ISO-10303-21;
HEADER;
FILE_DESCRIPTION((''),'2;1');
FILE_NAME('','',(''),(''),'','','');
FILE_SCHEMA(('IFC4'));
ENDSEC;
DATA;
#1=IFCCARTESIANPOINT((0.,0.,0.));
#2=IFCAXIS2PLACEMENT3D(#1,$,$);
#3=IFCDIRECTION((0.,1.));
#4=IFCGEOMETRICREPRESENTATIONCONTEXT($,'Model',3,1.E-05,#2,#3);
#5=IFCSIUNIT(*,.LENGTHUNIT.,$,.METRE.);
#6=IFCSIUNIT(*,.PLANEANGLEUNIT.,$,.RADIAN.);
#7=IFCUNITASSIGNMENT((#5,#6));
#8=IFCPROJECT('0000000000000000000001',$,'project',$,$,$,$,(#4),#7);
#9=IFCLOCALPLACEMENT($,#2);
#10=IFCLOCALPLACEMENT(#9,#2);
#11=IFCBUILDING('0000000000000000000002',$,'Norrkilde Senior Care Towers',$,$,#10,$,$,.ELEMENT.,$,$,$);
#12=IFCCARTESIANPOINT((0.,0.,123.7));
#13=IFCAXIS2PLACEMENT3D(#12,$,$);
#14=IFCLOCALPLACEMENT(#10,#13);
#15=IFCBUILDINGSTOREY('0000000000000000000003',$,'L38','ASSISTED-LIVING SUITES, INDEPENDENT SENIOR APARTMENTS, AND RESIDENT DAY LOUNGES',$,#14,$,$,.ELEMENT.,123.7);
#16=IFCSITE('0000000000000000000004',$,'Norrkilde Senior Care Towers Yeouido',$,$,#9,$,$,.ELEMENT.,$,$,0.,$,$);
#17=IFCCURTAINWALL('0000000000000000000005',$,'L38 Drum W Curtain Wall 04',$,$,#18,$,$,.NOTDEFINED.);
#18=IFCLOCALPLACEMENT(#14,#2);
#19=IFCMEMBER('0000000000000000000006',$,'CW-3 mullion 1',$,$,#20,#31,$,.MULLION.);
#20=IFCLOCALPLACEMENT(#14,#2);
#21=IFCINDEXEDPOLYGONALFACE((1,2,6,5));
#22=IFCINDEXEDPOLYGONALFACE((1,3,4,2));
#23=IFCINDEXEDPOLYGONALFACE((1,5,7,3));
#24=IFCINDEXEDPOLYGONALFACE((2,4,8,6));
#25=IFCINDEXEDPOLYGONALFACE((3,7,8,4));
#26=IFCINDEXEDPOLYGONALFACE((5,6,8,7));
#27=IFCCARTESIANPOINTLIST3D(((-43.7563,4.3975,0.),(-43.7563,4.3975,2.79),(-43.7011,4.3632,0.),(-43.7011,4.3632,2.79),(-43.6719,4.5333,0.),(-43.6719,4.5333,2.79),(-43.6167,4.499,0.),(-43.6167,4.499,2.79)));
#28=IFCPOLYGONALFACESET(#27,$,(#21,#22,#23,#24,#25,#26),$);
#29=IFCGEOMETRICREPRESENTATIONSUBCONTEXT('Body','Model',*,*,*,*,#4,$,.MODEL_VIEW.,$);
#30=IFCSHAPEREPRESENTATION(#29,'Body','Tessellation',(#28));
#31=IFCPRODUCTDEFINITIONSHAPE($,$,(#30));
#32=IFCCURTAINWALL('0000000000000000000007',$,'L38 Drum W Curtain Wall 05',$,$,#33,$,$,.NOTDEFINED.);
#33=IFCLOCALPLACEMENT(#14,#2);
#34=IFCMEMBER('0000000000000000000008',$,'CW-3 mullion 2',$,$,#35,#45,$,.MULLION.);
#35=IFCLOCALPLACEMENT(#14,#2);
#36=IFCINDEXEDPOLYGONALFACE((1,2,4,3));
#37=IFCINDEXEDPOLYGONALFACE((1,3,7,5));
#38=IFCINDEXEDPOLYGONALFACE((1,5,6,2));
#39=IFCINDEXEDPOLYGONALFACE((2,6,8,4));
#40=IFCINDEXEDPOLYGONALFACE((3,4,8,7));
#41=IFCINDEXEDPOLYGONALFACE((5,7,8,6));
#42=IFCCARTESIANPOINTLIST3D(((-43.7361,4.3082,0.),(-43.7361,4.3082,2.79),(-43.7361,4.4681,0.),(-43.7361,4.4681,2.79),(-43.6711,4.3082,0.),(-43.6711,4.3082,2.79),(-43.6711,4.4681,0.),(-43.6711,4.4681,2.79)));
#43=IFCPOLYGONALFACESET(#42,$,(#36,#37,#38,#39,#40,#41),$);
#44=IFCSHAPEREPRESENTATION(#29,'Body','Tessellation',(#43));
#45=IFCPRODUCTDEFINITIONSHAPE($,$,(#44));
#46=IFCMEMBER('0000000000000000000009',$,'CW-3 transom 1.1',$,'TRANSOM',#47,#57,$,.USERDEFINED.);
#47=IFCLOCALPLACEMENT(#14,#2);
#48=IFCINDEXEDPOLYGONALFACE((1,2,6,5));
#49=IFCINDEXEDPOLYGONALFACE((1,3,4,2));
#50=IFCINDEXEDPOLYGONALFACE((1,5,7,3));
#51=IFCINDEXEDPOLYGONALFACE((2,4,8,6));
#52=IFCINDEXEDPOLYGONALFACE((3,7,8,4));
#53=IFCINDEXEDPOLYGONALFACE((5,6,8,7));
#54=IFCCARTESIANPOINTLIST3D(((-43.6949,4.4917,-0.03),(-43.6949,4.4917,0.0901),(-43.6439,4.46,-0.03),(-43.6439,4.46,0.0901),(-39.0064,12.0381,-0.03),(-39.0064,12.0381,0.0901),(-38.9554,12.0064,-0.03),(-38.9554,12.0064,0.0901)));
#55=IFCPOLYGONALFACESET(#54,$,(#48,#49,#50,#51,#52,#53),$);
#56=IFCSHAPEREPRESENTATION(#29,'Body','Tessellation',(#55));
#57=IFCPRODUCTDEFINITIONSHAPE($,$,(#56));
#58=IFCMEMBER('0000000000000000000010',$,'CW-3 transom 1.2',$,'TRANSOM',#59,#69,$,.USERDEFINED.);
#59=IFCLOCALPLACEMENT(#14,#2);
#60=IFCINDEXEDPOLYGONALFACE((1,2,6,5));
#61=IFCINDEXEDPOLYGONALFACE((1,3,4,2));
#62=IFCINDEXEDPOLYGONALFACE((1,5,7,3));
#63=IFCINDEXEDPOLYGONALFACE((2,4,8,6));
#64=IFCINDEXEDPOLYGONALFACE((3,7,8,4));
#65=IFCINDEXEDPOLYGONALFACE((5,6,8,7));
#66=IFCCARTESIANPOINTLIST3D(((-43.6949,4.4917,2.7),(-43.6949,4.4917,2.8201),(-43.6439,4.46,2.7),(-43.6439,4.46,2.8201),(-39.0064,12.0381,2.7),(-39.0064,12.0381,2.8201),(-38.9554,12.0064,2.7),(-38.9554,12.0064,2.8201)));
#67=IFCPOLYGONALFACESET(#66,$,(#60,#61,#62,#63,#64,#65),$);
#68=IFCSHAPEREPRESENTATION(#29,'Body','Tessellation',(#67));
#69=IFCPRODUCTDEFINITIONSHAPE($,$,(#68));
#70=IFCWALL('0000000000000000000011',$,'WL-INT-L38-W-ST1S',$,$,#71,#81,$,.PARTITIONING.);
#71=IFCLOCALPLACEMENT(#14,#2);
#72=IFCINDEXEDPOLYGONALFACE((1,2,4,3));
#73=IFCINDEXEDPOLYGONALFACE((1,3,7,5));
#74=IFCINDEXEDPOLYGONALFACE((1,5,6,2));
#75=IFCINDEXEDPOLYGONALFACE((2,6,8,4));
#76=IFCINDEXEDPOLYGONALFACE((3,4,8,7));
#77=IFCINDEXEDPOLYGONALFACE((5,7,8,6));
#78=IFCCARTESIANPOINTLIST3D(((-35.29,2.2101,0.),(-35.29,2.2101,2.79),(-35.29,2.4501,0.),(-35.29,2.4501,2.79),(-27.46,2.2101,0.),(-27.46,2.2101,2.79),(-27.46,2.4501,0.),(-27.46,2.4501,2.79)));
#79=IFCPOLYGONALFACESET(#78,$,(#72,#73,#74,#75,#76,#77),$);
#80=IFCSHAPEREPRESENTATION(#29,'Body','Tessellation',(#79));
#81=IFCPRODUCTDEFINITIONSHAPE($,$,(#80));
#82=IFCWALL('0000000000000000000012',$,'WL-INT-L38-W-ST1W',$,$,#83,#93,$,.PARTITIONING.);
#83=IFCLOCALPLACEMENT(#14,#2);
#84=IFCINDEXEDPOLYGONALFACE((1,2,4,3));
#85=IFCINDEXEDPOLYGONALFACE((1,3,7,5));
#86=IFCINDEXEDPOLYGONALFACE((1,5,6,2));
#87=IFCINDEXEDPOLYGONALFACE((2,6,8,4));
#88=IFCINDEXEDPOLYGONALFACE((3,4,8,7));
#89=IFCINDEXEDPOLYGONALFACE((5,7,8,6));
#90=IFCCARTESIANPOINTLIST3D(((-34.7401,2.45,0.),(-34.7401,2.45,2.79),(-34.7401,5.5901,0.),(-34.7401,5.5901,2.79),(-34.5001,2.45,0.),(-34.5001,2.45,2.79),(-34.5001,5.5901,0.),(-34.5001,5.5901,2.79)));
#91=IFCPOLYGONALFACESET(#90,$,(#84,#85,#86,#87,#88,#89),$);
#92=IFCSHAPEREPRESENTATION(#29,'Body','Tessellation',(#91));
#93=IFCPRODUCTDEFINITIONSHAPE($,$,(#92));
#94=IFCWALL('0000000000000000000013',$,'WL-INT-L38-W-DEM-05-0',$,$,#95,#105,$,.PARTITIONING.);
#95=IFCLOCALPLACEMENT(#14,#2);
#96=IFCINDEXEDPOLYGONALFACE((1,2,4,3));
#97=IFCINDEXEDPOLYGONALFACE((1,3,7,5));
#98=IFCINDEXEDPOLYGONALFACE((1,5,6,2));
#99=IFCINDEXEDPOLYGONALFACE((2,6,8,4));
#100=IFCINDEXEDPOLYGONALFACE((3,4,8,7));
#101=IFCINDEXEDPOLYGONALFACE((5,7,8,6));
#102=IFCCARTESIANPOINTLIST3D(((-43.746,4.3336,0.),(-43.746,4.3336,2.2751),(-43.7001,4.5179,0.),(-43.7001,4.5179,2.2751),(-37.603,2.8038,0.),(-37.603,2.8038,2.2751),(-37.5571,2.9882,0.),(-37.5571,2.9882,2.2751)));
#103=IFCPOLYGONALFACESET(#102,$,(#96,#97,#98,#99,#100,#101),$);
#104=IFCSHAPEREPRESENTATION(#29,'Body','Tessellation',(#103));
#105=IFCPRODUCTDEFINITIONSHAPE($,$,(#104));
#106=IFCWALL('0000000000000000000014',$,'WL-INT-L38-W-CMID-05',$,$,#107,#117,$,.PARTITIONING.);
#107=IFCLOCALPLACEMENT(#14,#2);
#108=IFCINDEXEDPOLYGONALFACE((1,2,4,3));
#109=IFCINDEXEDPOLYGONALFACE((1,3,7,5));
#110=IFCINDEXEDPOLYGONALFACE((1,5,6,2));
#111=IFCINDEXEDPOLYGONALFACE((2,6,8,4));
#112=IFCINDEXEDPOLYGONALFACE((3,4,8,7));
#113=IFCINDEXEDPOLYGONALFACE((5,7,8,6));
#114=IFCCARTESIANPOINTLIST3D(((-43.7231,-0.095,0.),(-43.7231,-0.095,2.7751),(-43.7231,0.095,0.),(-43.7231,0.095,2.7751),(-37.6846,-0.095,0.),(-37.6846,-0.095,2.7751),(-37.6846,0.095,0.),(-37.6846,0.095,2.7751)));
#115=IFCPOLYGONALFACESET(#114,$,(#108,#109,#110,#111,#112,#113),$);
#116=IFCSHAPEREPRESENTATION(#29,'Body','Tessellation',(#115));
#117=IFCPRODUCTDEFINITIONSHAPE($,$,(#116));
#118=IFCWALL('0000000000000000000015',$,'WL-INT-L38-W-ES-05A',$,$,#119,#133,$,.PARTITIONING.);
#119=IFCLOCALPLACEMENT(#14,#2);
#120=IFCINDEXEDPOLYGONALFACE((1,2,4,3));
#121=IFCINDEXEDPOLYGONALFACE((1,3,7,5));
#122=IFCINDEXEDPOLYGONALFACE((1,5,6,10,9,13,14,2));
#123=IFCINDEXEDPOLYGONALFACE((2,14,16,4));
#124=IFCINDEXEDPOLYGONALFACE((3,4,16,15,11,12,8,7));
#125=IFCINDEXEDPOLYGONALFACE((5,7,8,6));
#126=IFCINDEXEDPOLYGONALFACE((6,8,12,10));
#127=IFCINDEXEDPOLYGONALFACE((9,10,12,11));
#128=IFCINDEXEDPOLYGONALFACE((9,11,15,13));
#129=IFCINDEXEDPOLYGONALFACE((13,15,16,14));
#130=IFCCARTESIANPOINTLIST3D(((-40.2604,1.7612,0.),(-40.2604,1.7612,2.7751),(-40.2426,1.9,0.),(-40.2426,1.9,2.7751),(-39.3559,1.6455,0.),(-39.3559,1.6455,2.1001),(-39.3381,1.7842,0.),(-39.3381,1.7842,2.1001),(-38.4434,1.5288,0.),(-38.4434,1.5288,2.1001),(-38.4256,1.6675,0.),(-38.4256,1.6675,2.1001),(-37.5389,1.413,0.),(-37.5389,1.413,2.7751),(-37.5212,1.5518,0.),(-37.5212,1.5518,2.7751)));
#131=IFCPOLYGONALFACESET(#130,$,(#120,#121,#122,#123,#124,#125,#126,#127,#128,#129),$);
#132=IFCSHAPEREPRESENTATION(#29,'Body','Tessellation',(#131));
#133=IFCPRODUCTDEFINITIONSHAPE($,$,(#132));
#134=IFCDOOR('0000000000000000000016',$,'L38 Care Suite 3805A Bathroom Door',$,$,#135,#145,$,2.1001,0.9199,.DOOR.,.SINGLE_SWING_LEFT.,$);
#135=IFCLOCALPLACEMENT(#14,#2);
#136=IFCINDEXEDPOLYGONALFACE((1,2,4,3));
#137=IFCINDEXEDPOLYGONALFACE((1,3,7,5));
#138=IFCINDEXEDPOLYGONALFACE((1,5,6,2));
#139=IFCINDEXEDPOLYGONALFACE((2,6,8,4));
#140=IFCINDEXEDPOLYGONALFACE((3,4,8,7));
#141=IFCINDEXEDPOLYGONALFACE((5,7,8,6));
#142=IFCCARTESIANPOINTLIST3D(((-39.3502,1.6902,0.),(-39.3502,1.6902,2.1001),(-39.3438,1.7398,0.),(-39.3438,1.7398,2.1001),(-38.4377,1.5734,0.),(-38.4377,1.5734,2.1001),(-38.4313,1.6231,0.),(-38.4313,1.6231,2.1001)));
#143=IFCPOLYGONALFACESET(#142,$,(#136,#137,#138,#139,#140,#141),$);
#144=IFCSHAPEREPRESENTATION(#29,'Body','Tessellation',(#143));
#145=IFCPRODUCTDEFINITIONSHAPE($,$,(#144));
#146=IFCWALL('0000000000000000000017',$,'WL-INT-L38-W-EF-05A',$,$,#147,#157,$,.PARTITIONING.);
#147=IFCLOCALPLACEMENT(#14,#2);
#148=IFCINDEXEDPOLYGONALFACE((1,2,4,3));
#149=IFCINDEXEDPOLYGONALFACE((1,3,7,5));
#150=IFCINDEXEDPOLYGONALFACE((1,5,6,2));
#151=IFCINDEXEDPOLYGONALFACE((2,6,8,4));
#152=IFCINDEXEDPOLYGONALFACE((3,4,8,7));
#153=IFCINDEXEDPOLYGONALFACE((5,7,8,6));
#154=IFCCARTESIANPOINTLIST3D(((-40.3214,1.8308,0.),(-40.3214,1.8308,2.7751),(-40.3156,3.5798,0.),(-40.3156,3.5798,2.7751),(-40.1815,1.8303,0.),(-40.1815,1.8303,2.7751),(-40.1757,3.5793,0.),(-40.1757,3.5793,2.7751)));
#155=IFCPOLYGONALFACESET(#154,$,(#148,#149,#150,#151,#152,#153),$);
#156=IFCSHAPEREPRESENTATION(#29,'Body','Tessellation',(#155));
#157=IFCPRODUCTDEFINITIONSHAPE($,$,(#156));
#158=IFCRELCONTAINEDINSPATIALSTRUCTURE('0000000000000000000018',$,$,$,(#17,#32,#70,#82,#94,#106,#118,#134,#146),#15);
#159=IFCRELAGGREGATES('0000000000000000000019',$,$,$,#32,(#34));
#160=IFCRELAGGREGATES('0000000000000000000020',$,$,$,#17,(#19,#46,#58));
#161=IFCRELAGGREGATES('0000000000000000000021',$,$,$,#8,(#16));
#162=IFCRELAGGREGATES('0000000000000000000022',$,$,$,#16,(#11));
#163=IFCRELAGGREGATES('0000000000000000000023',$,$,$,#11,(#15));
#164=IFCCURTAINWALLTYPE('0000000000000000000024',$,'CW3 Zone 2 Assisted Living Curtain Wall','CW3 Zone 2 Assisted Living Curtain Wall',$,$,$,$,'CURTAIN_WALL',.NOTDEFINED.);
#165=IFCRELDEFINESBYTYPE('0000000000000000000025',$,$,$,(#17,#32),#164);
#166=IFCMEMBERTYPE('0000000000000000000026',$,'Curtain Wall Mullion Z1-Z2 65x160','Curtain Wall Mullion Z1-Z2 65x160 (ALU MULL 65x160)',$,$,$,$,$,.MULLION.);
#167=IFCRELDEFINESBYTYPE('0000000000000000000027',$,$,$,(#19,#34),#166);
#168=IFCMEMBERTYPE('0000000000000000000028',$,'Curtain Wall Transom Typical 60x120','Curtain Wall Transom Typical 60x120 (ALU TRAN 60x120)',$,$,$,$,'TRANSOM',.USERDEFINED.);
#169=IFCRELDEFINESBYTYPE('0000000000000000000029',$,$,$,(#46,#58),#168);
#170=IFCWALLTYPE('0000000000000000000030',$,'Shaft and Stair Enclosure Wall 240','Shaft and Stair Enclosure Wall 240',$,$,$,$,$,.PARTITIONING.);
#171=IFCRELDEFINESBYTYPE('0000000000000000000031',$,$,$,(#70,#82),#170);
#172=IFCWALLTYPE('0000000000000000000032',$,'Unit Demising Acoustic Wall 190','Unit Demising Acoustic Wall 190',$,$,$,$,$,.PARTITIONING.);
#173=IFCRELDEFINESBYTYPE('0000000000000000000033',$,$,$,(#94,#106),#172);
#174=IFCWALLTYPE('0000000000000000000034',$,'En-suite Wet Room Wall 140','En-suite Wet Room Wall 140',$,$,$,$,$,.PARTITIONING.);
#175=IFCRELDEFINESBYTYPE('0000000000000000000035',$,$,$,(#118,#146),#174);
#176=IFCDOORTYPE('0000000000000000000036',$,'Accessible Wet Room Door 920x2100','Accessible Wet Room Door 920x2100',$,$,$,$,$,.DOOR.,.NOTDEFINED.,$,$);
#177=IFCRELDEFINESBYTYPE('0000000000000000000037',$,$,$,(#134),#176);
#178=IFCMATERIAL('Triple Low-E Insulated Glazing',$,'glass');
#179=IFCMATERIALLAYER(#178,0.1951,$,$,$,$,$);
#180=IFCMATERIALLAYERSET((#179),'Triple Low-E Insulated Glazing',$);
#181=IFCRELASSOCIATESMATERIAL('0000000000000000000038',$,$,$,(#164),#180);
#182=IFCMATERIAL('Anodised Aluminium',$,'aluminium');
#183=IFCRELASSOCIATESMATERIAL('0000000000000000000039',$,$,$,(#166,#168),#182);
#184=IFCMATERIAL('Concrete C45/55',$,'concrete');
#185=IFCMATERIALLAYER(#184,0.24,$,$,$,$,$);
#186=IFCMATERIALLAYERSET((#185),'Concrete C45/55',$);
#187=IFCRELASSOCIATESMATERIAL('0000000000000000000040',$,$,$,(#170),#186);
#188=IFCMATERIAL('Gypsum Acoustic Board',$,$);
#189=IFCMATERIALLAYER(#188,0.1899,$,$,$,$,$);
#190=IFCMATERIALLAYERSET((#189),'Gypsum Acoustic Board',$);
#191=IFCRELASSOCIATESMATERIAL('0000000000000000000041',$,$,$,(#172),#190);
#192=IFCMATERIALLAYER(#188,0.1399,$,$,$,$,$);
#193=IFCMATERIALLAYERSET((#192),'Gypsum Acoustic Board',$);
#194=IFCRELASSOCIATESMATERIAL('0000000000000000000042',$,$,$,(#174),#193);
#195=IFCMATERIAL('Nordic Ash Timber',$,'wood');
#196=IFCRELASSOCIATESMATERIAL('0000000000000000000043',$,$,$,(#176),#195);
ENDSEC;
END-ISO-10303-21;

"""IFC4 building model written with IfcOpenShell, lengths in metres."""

from ifc_helpers import new_model, si_unit, direction, frame, frame_2d, origin, origin_2d, place, context, subcontext, project, spatial, rectangle, extrude, source, transform, mapped, material, layer, layer_set, material_profile, profile_set, type_object, type_shapes, element, fill, aggregate, save


model = new_model("IFC4")

# Units and contexts
model_context = context("Model", 3, precision=1e-05, world=origin(), true_north=direction((0.0, 1.0)))
body_context = subcontext(model_context, "Body", "Model", "MODEL_VIEW")
ifc_project = project(units=[si_unit("LENGTHUNIT", "METRE"), si_unit("PLANEANGLEUNIT", "RADIAN")], contexts=[model_context])

# Site, building, storey
site_placement = place(None, origin())
site = spatial("IfcSite", under=ifc_project, at=site_placement, Name="Norrkilde Senior Care Towers Yeouido", CompositionType="ELEMENT", RefElevation=0.0)
building_placement = place(site_placement, origin())
building = spatial("IfcBuilding", under=site, at=building_placement, Name="Norrkilde Senior Care Towers", CompositionType="ELEMENT")
storey_placement = place(building_placement, frame((0.0, 0.0, 123.7)))
storey = spatial("IfcBuildingStorey", under=building, at=storey_placement, Name="L38", Description="ASSISTED-LIVING SUITES, INDEPENDENT SENIOR APARTMENTS, AND RESIDENT DAY LOUNGES", CompositionType="ELEMENT", Elevation=123.7)

# Curtain walls, members
ifc_material_1 = material(Name="Triple Low-E Insulated Glazing", Category="glass")
ifc_layer_1 = layer(ifc_material_1, 0.1951)
ifc_layer_set_1 = layer_set([ifc_layer_1], Name="Triple Low-E Insulated Glazing")
curtain_wall_type = type_object("IfcCurtainWallType", Name="CW3 Zone 2 Assisted Living Curtain Wall", Description="CW3 Zone 2 Assisted Living Curtain Wall", ElementType="CURTAIN_WALL", PredefinedType="NOTDEFINED", material=ifc_layer_set_1)
curtain_wall_1_placement = place(storey_placement, origin())
curtain_wall_1 = element("IfcCurtainWall", 1, at=curtain_wall_1_placement, inside=storey, type_object=curtain_wall_type, Name="L38 Drum W Curtain Wall 04", PredefinedType="NOTDEFINED")
ifc_material_2 = material(Name="Anodised Aluminium", Category="aluminium")
ifc_material_profile_1 = material_profile(ifc_material_2, rectangle(XDim=0.0649, YDim=0.1599, at=origin_2d()), Name="ALU MULL 65x160")
ifc_profile_set_1 = profile_set([ifc_material_profile_1], Name="Anodised Aluminium")
member_type_1 = type_object("IfcMemberType", Name="Curtain Wall Mullion Z1-Z2 65x160", Description="Curtain Wall Mullion Z1-Z2 65x160 (ALU MULL 65x160)", PredefinedType="MULLION", material=ifc_profile_set_1)
shared_shape_1 = source(origin(), body_context, "Body", "SweptSolid", [
    extrude(rectangle(XDim=0.0649, YDim=0.1599, at=origin_2d()), origin(), (0.0, 0.0, 1.0), 2.79),
])
type_shapes(member_type_1, [shared_shape_1])
member_1_placement = place(storey_placement, frame((-43.6865, 4.4482, 0.0), z_axis=(0.0, 0.0, 1.0), x_axis=(-0.84941, 0.527733, 0.0)))
member_1 = element("IfcMember", 2, at=member_1_placement, type_object=member_type_1, Name="CW-3 mullion 1", PredefinedType="MULLION", context=body_context, shape_type="MappedRepresentation", body=[
    mapped(shared_shape_1, transform((0.0, 0.0, 0.0), x_axis=(1.0, 0.0, 0.0), y_axis=(0.0, 1.0, 0.0), z_axis=(0.0, 0.0, 1.0), scale=1.0)),
])
curtain_wall_2_placement = place(storey_placement, origin())
curtain_wall_2 = element("IfcCurtainWall", 3, at=curtain_wall_2_placement, inside=storey, type_object=curtain_wall_type, Name="L38 Drum W Curtain Wall 05", PredefinedType="NOTDEFINED")
member_2_placement = place(storey_placement, frame((-43.7036, 4.3882, 0.0), z_axis=(0.0, 0.0, 1.0), x_axis=(-1.0, 0.0, 0.0)))
member_2 = element("IfcMember", 4, at=member_2_placement, type_object=member_type_1, Name="CW-3 mullion 2", PredefinedType="MULLION", context=body_context, shape_type="MappedRepresentation", body=[
    mapped(shared_shape_1, transform((0.0, 0.0, 0.0), x_axis=(1.0, 0.0, 0.0), y_axis=(0.0, 1.0, 0.0), z_axis=(0.0, 0.0, 1.0), scale=1.0)),
])
aggregate(curtain_wall_2, [member_2])

# Members
ifc_material_profile_2 = material_profile(ifc_material_2, rectangle(XDim=0.0601, YDim=0.1201, at=origin_2d()), Name="ALU TRAN 60x120")
ifc_profile_set_2 = profile_set([ifc_material_profile_2], Name="Anodised Aluminium")
member_type_2 = type_object("IfcMemberType", Name="Curtain Wall Transom Typical 60x120", Description="Curtain Wall Transom Typical 60x120 (ALU TRAN 60x120)", ElementType="TRANSOM", PredefinedType="USERDEFINED", material=ifc_profile_set_2)
shared_shape_2 = source(origin(), body_context, "Body", "SweptSolid", [
    extrude(rectangle(XDim=0.0601, YDim=0.1201, at=origin_2d()), origin(), (0.0, 0.0, 1.0), 8.8843),
])
type_shapes(member_type_2, [shared_shape_2])
member_3_placement = place(storey_placement, frame((-43.6694, 4.4758, 0.03), z_axis=(0.527729, 0.849413, 0.0), x_axis=(-0.849413, 0.527729, 0.0)))
member_3 = element("IfcMember", 5, at=member_3_placement, type_object=member_type_2, Name="CW-3 transom 1.1", ObjectType="TRANSOM", PredefinedType="USERDEFINED", context=body_context, shape_type="MappedRepresentation", body=[
    mapped(shared_shape_2, transform((0.0, 0.0, 0.0), x_axis=(1.0, 0.0, 0.0), y_axis=(0.0, 1.0, 0.0), z_axis=(0.0, 0.0, 1.0), scale=1.0)),
])
member_4_placement = place(storey_placement, frame((-43.6694, 4.4758, 2.76), z_axis=(0.527729, 0.849413, 0.0), x_axis=(-0.849413, 0.527729, 0.0)))
member_4 = element("IfcMember", 6, at=member_4_placement, type_object=member_type_2, Name="CW-3 transom 1.2", ObjectType="TRANSOM", PredefinedType="USERDEFINED", context=body_context, shape_type="MappedRepresentation", body=[
    mapped(shared_shape_2, transform((0.0, 0.0, 0.0), x_axis=(1.0, 0.0, 0.0), y_axis=(0.0, 1.0, 0.0), z_axis=(0.0, 0.0, 1.0), scale=1.0)),
])
aggregate(curtain_wall_1, [member_1, member_3, member_4])

# Walls
ifc_material_3 = material(Name="Concrete C45/55", Category="concrete")
ifc_layer_2 = layer(ifc_material_3, 0.24)
ifc_layer_set_2 = layer_set([ifc_layer_2], Name="Concrete C45/55")
wall_type_1 = type_object("IfcWallType", Name="Shaft and Stair Enclosure Wall 240", Description="Shaft and Stair Enclosure Wall 240", PredefinedType="PARTITIONING", material=ifc_layer_set_2)
shared_shape_3 = source(origin(), body_context, "Body", "SweptSolid", [
    extrude(rectangle(XDim=7.8301, YDim=0.24, at=frame_2d((3.915, 0.0))), origin(), (0.0, 0.0, 1.0), 2.79),
])
wall_1_placement = place(storey_placement, frame((-35.29, 2.3301, 0.0), z_axis=(0.0, 0.0, 1.0), x_axis=(1.0, 0.0, 0.0)))
element("IfcWall", 7, at=wall_1_placement, inside=storey, type_object=wall_type_1, Name="WL-INT-L38-W-ST1S", PredefinedType="PARTITIONING", context=body_context, shape_type="MappedRepresentation", body=[
    mapped(shared_shape_3, transform((0.0, 0.0, 0.0), x_axis=(1.0, 0.0, 0.0), y_axis=(0.0, 1.0, 0.0), z_axis=(0.0, 0.0, 1.0), scale=1.0)),
])
shared_shape_4 = source(origin(), body_context, "Body", "SweptSolid", [
    extrude(rectangle(XDim=3.1401, YDim=0.24, at=frame_2d((1.5701, 0.0))), origin(), (0.0, 0.0, 1.0), 2.79),
])
type_shapes(wall_type_1, [shared_shape_3, shared_shape_4])
wall_2_placement = place(storey_placement, frame((-34.6201, 2.45, 0.0), z_axis=(0.0, 0.0, 1.0), x_axis=(0.0, 1.0, 0.0)))
element("IfcWall", 8, at=wall_2_placement, inside=storey, type_object=wall_type_1, Name="WL-INT-L38-W-ST1W", PredefinedType="PARTITIONING", context=body_context, shape_type="MappedRepresentation", body=[
    mapped(shared_shape_4, transform((0.0, 0.0, 0.0), x_axis=(1.0, 0.0, 0.0), y_axis=(0.0, 1.0, 0.0), z_axis=(0.0, 0.0, 1.0), scale=1.0)),
])
ifc_material_4 = material(Name="Gypsum Acoustic Board")
ifc_layer_3 = layer(ifc_material_4, 0.1899)
ifc_layer_set_3 = layer_set([ifc_layer_3], Name="Gypsum Acoustic Board")
wall_type_2 = type_object("IfcWallType", Name="Unit Demising Acoustic Wall 190", Description="Unit Demising Acoustic Wall 190", PredefinedType="PARTITIONING", material=ifc_layer_set_3)
shared_shape_5 = source(origin(), body_context, "Body", "SweptSolid", [
    extrude(rectangle(XDim=6.3306, YDim=0.1899, at=frame_2d((3.1653, 0.0))), origin(), (0.0, 0.0, 1.0), 2.2751),
])
wall_3_placement = place(storey_placement, frame((-37.5801, 2.896, 0.0), z_axis=(0.0, 0.0, 1.0), x_axis=(-0.970364, 0.241646, 0.0)))
element("IfcWall", 9, at=wall_3_placement, inside=storey, type_object=wall_type_2, Name="WL-INT-L38-W-DEM-05-0", PredefinedType="PARTITIONING", context=body_context, shape_type="MappedRepresentation", body=[
    mapped(shared_shape_5, transform((0.0, 0.0, 0.0), x_axis=(1.0, 0.0, 0.0), y_axis=(0.0, 1.0, 0.0), z_axis=(0.0, 0.0, 1.0), scale=1.0)),
])
shared_shape_6 = source(origin(), body_context, "Body", "SweptSolid", [
    extrude(rectangle(XDim=6.0386, YDim=0.1899, at=frame_2d((3.0193, 0.0))), origin(), (0.0, 0.0, 1.0), 2.7751),
])
type_shapes(wall_type_2, [shared_shape_5, shared_shape_6])
wall_4_placement = place(storey_placement, frame((-37.6846, 0.0, 0.0), z_axis=(0.0, 0.0, 1.0), x_axis=(-1.0, 0.0, 0.0)))
element("IfcWall", 10, at=wall_4_placement, inside=storey, type_object=wall_type_2, Name="WL-INT-L38-W-CMID-05", PredefinedType="PARTITIONING", context=body_context, shape_type="MappedRepresentation", body=[
    mapped(shared_shape_6, transform((0.0, 0.0, 0.0), x_axis=(1.0, 0.0, 0.0), y_axis=(0.0, 1.0, 0.0), z_axis=(0.0, 0.0, 1.0), scale=1.0)),
])

# Wall, opening, door
ifc_layer_4 = layer(ifc_material_4, 0.1399)
ifc_layer_set_4 = layer_set([ifc_layer_4], Name="Gypsum Acoustic Board")
wall_type_3 = type_object("IfcWallType", Name="En-suite Wet Room Wall 140", Description="En-suite Wet Room Wall 140", PredefinedType="PARTITIONING", material=ifc_layer_set_4)
shared_shape_7 = source(origin(), body_context, "Body", "SweptSolid", [
    extrude(rectangle(XDim=2.7437, YDim=0.1399, at=frame_2d((1.3718, 0.0))), origin(), (0.0, 0.0, 1.0), 2.7751),
])
wall_5_placement = place(storey_placement, frame((-37.53, 1.4824, 0.0), z_axis=(0.0, 0.0, 1.0), x_axis=(-0.991916, 0.126893, 0.0)))
wall_5 = element("IfcWall", 11, at=wall_5_placement, inside=storey, type_object=wall_type_3, Name="WL-INT-L38-W-ES-05A", PredefinedType="PARTITIONING", context=body_context, shape_type="MappedRepresentation", body=[
    mapped(shared_shape_7, transform((0.0, 0.0, 0.0), x_axis=(1.0, 0.0, 0.0), y_axis=(0.0, 1.0, 0.0), z_axis=(0.0, 0.0, 1.0), scale=1.0)),
])
opening_placement = place(wall_5_placement, frame((0.9119, 0.0, 0.0)))
opening = element("IfcOpeningElement", 12, at=opening_placement, cuts=wall_5, PredefinedType="OPENING", context=body_context, shape_type="SweptSolid", body=[
    extrude(rectangle(XDim=0.9199, YDim=2.1001, at=frame_2d((0.46, 1.05))), frame((0.0, 0.0798, 0.0), z_axis=(0.0, -1.0, 0.0), x_axis=(1.0, 0.0, 0.0)), (0.0, 0.0, 1.0), 0.1599),
])
ifc_material_5 = material(Name="Nordic Ash Timber", Category="wood")
door_type = type_object("IfcDoorType", Name="Accessible Wet Room Door 920x2100", Description="Accessible Wet Room Door 920x2100", OperationType="NOTDEFINED", PredefinedType="DOOR", material=ifc_material_5)
shared_shape_8 = source(origin(), body_context, "Body", "SweptSolid", [
    extrude(rectangle(XDim=0.9199, YDim=2.1001, at=frame_2d((0.46, 1.05))), frame((0.0, 0.0249, 0.0), z_axis=(0.0, -1.0, 0.0), x_axis=(1.0, 0.0, 0.0)), (0.0, 0.0, 1.0), 0.05),
])
type_shapes(door_type, [shared_shape_8])
door_placement = place(opening_placement, origin())
door = element("IfcDoor", 13, at=door_placement, inside=storey, type_object=door_type, Name="L38 Care Suite 3805A Bathroom Door", OperationType="SINGLE_SWING_LEFT", OverallHeight=2.1001, OverallWidth=0.9199, PredefinedType="DOOR", context=body_context, shape_type="MappedRepresentation", body=[
    mapped(shared_shape_8, transform((0.0, 0.0, 0.0), x_axis=(1.0, 0.0, 0.0), y_axis=(0.0, 1.0, 0.0), z_axis=(0.0, 0.0, 1.0), scale=1.0)),
])
fill(opening, door)

# Wall
shared_shape_9 = source(origin(), body_context, "Body", "SweptSolid", [
    extrude(rectangle(XDim=1.749, YDim=0.1399, at=frame_2d((0.8745, 0.0))), origin(), (0.0, 0.0, 1.0), 2.7751),
])
type_shapes(wall_type_3, [shared_shape_7, shared_shape_9])
wall_6_placement = place(storey_placement, frame((-40.2515, 1.8306, 0.0), z_axis=(0.0, 0.0, 1.0), x_axis=(0.00335, 0.999994, 0.0)))
element("IfcWall", 14, at=wall_6_placement, inside=storey, type_object=wall_type_3, Name="WL-INT-L38-W-EF-05A", PredefinedType="PARTITIONING", context=body_context, shape_type="MappedRepresentation", body=[
    mapped(shared_shape_9, transform((0.0, 0.0, 0.0), x_axis=(1.0, 0.0, 0.0), y_axis=(0.0, 1.0, 0.0), z_axis=(0.0, 0.0, 1.0), scale=1.0)),
])

save(model, "model.ifc")
